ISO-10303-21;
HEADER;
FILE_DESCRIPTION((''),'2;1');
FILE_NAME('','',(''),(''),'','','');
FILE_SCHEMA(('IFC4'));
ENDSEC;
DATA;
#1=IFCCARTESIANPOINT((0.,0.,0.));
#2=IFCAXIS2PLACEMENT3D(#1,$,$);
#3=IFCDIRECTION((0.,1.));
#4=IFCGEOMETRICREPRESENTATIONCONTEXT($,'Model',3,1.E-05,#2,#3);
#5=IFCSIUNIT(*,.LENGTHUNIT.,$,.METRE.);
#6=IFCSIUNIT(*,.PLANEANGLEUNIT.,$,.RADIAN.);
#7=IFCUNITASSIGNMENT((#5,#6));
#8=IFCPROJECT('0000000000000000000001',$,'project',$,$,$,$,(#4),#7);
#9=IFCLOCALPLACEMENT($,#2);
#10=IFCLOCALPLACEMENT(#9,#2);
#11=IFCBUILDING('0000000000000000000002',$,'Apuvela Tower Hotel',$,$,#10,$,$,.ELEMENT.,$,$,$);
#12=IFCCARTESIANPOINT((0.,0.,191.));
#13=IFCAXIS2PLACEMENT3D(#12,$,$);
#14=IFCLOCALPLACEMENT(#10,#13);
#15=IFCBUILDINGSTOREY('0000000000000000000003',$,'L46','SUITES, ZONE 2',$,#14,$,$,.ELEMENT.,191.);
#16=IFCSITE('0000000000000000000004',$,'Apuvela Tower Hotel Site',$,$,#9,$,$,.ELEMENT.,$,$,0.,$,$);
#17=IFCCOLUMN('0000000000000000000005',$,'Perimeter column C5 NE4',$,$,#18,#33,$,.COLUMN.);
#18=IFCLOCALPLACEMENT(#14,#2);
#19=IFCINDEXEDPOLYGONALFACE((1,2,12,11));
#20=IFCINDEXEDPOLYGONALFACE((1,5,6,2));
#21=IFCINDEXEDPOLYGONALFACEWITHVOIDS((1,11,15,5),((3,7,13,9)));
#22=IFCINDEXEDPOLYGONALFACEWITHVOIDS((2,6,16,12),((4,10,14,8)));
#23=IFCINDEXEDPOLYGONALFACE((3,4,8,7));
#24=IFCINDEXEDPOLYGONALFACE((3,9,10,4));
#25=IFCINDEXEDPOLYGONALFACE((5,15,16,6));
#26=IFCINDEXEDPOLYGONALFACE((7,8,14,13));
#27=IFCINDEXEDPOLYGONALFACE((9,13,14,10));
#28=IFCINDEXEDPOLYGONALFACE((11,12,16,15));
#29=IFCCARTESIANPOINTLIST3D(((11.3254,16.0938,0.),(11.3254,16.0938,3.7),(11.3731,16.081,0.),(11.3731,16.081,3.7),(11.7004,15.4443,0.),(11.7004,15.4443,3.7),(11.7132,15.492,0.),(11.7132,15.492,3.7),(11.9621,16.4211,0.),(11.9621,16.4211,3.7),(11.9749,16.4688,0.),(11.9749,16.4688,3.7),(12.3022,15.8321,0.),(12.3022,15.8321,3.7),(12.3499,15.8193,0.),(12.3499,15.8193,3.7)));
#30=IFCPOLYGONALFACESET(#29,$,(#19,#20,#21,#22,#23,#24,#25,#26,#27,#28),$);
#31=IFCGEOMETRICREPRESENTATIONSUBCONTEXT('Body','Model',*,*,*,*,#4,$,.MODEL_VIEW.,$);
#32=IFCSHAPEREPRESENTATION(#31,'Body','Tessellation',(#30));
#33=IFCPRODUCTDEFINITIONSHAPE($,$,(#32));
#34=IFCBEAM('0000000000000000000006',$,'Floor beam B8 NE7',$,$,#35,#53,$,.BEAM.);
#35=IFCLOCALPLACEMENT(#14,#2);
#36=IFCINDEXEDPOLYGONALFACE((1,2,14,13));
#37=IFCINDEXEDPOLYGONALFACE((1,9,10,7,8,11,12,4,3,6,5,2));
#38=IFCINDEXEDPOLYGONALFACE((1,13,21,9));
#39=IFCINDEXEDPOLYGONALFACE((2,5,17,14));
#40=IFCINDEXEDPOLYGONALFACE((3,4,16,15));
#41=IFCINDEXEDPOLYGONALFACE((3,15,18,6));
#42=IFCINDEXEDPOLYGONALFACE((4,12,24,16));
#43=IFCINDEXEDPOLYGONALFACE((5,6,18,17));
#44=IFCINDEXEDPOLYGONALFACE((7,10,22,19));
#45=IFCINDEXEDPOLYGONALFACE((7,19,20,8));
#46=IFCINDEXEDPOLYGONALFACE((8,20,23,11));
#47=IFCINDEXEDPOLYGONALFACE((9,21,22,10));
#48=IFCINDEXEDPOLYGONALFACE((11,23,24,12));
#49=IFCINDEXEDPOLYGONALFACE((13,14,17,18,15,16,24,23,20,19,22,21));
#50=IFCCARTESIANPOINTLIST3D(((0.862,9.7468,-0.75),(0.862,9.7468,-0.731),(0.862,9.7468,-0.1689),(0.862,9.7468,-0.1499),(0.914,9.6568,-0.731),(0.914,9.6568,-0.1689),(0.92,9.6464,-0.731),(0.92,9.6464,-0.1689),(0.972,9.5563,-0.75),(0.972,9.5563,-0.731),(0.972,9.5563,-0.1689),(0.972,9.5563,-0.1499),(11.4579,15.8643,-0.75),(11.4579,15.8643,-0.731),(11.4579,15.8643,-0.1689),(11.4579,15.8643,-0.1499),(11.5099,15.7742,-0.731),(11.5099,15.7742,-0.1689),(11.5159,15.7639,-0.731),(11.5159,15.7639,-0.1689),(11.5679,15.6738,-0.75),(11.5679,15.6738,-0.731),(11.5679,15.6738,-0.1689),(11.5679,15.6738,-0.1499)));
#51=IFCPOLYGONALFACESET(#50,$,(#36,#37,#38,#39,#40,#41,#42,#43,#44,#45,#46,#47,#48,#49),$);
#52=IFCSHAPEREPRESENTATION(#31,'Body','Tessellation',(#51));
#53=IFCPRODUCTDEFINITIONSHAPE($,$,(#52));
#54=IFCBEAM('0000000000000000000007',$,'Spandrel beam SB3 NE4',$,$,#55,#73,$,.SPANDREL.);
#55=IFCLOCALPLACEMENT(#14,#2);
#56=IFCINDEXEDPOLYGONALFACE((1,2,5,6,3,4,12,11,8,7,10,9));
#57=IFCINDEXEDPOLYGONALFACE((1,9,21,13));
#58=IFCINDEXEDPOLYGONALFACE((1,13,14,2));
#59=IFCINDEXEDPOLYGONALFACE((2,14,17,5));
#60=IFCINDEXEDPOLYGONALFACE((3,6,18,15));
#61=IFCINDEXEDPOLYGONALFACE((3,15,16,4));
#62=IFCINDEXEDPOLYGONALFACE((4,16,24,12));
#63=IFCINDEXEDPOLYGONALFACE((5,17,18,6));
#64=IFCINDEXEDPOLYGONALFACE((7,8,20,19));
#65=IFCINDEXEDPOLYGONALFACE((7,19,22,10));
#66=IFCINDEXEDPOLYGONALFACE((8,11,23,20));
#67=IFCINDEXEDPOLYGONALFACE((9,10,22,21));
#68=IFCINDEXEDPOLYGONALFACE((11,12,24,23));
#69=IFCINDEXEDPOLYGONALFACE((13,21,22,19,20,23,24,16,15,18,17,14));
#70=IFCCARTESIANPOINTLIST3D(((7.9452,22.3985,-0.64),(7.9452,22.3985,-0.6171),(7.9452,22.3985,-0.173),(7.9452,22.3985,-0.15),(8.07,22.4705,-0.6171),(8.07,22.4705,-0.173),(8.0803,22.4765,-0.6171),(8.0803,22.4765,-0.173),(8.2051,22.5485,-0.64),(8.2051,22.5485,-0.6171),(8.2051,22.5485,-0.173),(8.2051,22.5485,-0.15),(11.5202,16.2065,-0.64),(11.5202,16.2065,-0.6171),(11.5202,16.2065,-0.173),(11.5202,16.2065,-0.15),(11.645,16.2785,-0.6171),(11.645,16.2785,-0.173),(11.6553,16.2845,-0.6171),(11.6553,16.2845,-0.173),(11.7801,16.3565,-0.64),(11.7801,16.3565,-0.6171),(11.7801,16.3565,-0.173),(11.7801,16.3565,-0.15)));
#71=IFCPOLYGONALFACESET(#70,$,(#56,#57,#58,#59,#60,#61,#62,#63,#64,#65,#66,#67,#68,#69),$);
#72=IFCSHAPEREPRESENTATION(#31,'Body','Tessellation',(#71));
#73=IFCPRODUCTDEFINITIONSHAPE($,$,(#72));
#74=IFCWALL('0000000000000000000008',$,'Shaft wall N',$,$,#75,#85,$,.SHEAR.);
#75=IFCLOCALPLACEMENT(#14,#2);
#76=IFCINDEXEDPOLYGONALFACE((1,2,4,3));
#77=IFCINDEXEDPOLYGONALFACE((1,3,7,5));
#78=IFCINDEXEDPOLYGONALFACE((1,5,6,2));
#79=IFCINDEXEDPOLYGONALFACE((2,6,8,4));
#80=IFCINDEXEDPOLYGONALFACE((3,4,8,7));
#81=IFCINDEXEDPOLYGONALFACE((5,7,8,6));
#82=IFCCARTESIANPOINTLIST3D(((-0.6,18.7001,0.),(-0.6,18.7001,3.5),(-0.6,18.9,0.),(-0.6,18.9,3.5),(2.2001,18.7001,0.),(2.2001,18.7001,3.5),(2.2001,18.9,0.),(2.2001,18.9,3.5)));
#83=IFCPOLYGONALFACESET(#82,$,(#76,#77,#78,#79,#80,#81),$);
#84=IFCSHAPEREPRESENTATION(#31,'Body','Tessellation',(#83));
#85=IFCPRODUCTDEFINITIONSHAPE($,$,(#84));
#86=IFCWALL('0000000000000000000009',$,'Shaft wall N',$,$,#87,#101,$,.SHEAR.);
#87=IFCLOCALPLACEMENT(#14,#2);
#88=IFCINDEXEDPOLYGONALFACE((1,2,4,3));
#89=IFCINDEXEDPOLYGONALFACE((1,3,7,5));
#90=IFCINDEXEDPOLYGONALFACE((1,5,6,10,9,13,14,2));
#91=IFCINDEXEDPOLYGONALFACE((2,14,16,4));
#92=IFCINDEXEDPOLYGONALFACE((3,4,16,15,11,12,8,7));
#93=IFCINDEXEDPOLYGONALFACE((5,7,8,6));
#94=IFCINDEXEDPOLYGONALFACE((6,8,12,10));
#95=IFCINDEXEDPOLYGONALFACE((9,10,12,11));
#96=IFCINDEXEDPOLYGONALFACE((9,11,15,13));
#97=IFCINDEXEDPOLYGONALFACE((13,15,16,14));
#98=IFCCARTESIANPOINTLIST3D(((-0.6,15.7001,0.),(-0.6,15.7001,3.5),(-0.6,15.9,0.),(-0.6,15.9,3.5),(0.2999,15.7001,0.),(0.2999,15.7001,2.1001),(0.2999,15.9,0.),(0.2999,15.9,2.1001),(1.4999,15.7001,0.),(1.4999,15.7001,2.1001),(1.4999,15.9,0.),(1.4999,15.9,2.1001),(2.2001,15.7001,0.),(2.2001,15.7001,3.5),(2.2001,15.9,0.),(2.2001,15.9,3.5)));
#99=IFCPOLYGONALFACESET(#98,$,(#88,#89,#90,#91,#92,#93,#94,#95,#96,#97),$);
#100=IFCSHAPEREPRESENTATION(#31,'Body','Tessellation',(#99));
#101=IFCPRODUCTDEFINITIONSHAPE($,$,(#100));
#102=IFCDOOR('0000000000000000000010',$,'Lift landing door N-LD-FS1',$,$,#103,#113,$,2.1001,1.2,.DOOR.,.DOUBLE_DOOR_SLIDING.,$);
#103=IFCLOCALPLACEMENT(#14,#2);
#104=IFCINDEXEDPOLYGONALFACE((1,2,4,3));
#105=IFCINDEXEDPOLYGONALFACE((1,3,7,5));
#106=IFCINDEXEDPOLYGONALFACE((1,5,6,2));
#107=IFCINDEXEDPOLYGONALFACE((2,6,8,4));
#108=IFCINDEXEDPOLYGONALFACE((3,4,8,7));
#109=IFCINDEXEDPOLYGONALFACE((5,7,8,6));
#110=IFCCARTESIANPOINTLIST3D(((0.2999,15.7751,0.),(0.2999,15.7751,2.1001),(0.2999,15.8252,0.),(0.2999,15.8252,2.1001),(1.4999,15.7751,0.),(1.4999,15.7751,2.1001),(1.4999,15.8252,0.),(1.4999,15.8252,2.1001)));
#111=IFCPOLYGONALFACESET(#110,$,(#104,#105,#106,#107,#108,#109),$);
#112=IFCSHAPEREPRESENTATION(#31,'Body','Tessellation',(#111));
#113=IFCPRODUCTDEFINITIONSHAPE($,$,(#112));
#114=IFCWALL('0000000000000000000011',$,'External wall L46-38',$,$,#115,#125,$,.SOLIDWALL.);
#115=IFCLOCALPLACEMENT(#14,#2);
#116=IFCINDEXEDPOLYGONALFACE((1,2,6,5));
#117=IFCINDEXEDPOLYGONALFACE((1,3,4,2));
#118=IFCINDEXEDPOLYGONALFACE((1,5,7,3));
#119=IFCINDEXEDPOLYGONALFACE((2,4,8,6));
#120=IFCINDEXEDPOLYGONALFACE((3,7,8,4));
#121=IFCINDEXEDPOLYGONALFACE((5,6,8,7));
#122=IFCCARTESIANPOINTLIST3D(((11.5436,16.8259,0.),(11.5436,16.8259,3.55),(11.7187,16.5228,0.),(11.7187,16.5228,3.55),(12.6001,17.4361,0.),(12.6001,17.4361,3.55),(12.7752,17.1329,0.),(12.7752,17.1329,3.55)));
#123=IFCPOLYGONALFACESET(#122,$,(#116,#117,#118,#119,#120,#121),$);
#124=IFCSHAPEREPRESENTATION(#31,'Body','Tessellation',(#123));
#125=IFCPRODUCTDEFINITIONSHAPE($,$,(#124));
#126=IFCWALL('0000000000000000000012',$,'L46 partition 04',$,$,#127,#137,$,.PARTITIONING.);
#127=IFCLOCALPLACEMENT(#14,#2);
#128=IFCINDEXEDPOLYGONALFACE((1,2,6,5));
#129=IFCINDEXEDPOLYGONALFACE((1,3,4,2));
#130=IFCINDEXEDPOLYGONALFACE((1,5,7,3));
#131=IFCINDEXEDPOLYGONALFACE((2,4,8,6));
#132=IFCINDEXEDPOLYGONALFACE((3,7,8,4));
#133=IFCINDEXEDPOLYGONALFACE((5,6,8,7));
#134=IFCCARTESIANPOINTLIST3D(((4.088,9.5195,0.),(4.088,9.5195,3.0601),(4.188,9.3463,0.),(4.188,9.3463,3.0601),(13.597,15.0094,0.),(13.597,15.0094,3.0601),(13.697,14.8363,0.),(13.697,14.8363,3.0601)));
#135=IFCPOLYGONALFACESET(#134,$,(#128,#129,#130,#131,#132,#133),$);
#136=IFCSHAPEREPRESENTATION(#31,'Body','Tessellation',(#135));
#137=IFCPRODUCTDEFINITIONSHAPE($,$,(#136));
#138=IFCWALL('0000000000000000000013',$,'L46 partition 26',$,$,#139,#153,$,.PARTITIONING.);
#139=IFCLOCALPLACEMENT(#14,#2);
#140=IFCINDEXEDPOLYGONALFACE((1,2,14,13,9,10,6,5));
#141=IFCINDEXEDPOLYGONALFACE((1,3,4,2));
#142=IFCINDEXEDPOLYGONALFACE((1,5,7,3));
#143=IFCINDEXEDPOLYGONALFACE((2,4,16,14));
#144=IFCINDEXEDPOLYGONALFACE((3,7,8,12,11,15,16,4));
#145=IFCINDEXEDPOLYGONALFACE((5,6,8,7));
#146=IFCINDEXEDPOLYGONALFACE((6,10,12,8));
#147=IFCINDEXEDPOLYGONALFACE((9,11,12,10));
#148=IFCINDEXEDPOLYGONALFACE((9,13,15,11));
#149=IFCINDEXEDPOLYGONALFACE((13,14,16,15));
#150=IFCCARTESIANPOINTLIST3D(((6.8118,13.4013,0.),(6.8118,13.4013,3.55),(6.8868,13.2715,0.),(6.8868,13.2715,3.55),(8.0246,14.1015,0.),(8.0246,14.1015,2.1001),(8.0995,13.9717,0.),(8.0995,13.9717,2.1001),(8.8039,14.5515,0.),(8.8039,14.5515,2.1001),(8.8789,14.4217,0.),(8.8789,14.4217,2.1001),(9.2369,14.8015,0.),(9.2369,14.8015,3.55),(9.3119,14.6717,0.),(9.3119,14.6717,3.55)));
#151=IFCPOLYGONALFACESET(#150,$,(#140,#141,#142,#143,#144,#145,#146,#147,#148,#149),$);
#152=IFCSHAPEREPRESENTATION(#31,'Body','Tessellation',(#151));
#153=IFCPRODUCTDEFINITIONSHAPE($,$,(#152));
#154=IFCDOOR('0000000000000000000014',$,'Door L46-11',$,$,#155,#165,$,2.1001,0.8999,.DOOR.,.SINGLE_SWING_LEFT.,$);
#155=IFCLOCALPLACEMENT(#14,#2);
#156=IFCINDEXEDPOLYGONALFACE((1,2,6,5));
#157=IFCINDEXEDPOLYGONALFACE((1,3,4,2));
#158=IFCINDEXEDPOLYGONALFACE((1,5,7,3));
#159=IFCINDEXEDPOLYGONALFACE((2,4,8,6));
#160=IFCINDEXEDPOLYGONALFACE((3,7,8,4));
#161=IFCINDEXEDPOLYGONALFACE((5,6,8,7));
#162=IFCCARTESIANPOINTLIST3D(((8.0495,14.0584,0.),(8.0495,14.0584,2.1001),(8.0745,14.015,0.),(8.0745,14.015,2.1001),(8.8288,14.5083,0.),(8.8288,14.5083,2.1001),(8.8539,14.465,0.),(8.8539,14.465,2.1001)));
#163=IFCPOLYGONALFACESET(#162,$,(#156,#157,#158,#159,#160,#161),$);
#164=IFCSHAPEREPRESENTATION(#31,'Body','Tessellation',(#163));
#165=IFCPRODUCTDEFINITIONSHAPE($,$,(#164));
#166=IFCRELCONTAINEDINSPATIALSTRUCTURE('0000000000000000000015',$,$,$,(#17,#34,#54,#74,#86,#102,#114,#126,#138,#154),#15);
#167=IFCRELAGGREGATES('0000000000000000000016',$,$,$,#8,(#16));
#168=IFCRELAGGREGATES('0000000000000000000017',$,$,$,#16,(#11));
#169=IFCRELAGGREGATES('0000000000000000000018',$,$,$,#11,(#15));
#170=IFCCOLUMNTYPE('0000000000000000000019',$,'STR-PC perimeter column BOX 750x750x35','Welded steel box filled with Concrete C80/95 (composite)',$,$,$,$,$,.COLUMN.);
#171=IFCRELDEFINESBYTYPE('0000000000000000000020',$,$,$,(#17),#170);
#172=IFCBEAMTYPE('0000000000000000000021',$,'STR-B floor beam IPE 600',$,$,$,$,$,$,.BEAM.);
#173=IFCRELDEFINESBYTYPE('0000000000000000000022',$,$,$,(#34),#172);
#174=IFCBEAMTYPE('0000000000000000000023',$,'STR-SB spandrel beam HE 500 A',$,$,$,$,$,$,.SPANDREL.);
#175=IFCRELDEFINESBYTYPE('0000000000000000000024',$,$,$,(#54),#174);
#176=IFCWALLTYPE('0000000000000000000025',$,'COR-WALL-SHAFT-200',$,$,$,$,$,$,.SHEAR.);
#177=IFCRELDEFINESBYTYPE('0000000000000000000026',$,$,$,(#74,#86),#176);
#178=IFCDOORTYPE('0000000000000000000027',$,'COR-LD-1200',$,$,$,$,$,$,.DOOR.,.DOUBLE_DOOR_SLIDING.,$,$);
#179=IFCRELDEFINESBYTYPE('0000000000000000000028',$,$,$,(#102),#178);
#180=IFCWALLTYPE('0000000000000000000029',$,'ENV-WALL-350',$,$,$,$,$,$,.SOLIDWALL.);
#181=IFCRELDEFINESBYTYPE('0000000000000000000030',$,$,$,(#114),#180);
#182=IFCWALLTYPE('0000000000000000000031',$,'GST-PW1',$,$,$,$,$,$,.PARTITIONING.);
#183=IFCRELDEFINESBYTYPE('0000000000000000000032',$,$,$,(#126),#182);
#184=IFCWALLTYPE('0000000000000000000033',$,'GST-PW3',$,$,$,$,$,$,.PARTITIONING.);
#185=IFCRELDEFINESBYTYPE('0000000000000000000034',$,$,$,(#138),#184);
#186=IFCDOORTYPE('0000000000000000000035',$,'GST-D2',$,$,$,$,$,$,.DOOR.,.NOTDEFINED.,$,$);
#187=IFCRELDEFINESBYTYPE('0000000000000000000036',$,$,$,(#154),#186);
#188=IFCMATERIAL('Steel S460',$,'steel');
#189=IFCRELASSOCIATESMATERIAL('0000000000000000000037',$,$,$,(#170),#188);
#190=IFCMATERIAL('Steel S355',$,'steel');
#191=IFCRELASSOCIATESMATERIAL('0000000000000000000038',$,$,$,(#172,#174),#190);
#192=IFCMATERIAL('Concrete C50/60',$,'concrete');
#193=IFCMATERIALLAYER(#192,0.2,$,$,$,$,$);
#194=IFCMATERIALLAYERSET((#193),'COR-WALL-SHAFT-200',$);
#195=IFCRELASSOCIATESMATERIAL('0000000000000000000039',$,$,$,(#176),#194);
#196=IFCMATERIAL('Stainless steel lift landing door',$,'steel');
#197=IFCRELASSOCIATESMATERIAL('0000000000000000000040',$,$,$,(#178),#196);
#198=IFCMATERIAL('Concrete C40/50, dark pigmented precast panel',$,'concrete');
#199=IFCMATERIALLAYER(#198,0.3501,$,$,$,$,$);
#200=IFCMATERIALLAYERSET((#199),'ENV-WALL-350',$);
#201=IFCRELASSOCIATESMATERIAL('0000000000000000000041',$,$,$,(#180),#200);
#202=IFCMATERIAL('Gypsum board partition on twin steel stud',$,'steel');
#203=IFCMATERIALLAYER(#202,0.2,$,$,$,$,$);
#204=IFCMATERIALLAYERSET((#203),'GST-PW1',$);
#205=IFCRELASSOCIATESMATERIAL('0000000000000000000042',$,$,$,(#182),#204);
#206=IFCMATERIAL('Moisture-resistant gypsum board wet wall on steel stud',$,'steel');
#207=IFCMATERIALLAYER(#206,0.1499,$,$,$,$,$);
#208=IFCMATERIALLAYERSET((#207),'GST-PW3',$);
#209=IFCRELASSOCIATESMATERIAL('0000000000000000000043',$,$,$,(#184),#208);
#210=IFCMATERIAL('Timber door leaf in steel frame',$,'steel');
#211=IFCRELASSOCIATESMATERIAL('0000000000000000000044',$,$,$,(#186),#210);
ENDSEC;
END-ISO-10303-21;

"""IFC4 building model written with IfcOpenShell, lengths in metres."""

from ifc_helpers import new_model, si_unit, direction, frame, frame_2d, origin, origin_2d, place, context, subcontext, project, spatial, rectangle, hollow_rectangle, i_section, extrude, material, layer, layer_set, material_profile, profile_set, type_object, element, fill, save


model = new_model("IFC4")

# Units and contexts
model_context = context("Model", 3, precision=1e-05, world=origin(), true_north=direction((0.0, 1.0)))
body_context = subcontext(model_context, "Body", "Model", "MODEL_VIEW")
ifc_project = project(units=[si_unit("LENGTHUNIT", "METRE"), si_unit("PLANEANGLEUNIT", "RADIAN")], contexts=[model_context])

# Site, building, storey
site_placement = place(None, origin())
site = spatial("IfcSite", under=ifc_project, at=site_placement, Name="Apuvela Tower Hotel Site", CompositionType="ELEMENT", RefElevation=0.0)
building_placement = place(site_placement, origin())
building = spatial("IfcBuilding", under=site, at=building_placement, Name="Apuvela Tower Hotel", CompositionType="ELEMENT")
storey_placement = place(building_placement, frame((0.0, 0.0, 191.0)))
storey = spatial("IfcBuildingStorey", under=building, at=storey_placement, Name="L46", Description="SUITES, ZONE 2", CompositionType="ELEMENT", Elevation=191.0)

# Column
ifc_material_1 = material(Name="Steel S460", Category="steel")
ifc_material_profile_1 = material_profile(ifc_material_1, hollow_rectangle(XDim=0.75, YDim=0.75, WallThickness=0.0349, at=origin_2d()), Name="BOX 750x750x35")
ifc_material_2 = material(Name="Concrete C80/95", Category="concrete")
ifc_material_profile_2 = material_profile(ifc_material_2, rectangle(XDim=0.6799, YDim=0.6799, at=origin_2d()), Name="Concrete C80/95 infill")
ifc_profile_set_1 = profile_set([ifc_material_profile_1, ifc_material_profile_2], Name="Steel S460")
column_type = type_object("IfcColumnType", Name="STR-PC perimeter column BOX 750x750x35", Description="Welded steel box filled with Concrete C80/95 (composite)", PredefinedType="COLUMN", material=ifc_profile_set_1)
column_placement = place(storey_placement, frame((11.8376, 15.9565, 0.0), z_axis=(0.0, 0.0, 1.0), x_axis=(-0.5, 0.866025, 0.0)))
element("IfcColumn", 1, at=column_placement, inside=storey, type_object=column_type, Name="Perimeter column C5 NE4", PredefinedType="COLUMN", context=body_context, shape_type="SweptSolid", body=[
    extrude(hollow_rectangle(XDim=0.75, YDim=0.75, WallThickness=0.0349, at=origin_2d()), origin(), (0.0, 0.0, 1.0), 3.7),
])

# Beams
ifc_material_3 = material(Name="Steel S355", Category="steel")
ifc_material_profile_3 = material_profile(ifc_material_3, i_section(OverallWidth=0.22, OverallDepth=0.6001, WebThickness=0.012, FlangeThickness=0.019, at=origin_2d()), Name="IPE 600")
ifc_profile_set_2 = profile_set([ifc_material_profile_3], Name="Steel S355")
beam_type_1 = type_object("IfcBeamType", Name="STR-B floor beam IPE 600", PredefinedType="BEAM", material=ifc_profile_set_2)
beam_1_placement = place(storey_placement, frame((11.5129, 15.769, -0.45), z_axis=(-0.86603, -0.499991, 0.0), x_axis=(0.499991, -0.86603, 0.0)))
element("IfcBeam", 2, at=beam_1_placement, inside=storey, type_object=beam_type_1, Name="Floor beam B8 NE7", PredefinedType="BEAM", context=body_context, shape_type="SweptSolid", body=[
    extrude(i_section(OverallWidth=0.22, OverallDepth=0.6001, WebThickness=0.012, FlangeThickness=0.019, at=origin_2d()), origin(), (0.0, 0.0, 1.0), 12.2351),
])
ifc_material_profile_4 = material_profile(ifc_material_3, i_section(OverallWidth=0.3, OverallDepth=0.49, WebThickness=0.012, FlangeThickness=0.0229, at=origin_2d()), Name="HE 500 A")
ifc_profile_set_3 = profile_set([ifc_material_profile_4], Name="Steel S355")
beam_type_2 = type_object("IfcBeamType", Name="STR-SB spandrel beam HE 500 A", PredefinedType="SPANDREL", material=ifc_profile_set_3)
beam_2_placement = place(storey_placement, frame((11.6501, 16.2815, -0.395), z_axis=(-0.500006, 0.866022, 0.0), x_axis=(-0.866022, -0.500006, 0.0)))
element("IfcBeam", 3, at=beam_2_placement, inside=storey, type_object=beam_type_2, Name="Spandrel beam SB3 NE4", PredefinedType="SPANDREL", context=body_context, shape_type="SweptSolid", body=[
    extrude(i_section(OverallWidth=0.3, OverallDepth=0.49, WebThickness=0.012, FlangeThickness=0.0229, at=origin_2d()), origin(), (0.0, 0.0, 1.0), 7.1499),
])

# Wall
ifc_material_4 = material(Name="Concrete C50/60", Category="concrete")
ifc_layer_1 = layer(ifc_material_4, 0.2)
ifc_layer_set_1 = layer_set([ifc_layer_1], Name="COR-WALL-SHAFT-200")
wall_type_1 = type_object("IfcWallType", Name="COR-WALL-SHAFT-200", PredefinedType="SHEAR", material=ifc_layer_set_1)
wall_1_placement = place(storey_placement, frame((2.2, 18.8, 0.0), z_axis=(0.0, 0.0, 1.0), x_axis=(-1.0, 0.0, 0.0)))
element("IfcWall", 4, at=wall_1_placement, inside=storey, type_object=wall_type_1, Name="Shaft wall N", PredefinedType="SHEAR", context=body_context, shape_type="SweptSolid", body=[
    extrude(rectangle(XDim=2.8, YDim=0.2, at=frame_2d((1.3999, 0.0))), origin(), (0.0, 0.0, 1.0), 3.5),
])

# Wall, opening, door
wall_2_placement = place(storey_placement, frame((2.2, 15.8, 0.0), z_axis=(0.0, 0.0, 1.0), x_axis=(-1.0, 0.0, 0.0)))
wall_2 = element("IfcWall", 5, at=wall_2_placement, inside=storey, type_object=wall_type_1, Name="Shaft wall N", PredefinedType="SHEAR", context=body_context, shape_type="SweptSolid", body=[
    extrude(rectangle(XDim=2.8, YDim=0.2, at=frame_2d((1.3999, 0.0))), origin(), (0.0, 0.0, 1.0), 3.5),
])
opening_1_placement = place(wall_2_placement, frame((0.7, 0.0, 0.0)))
opening_1 = element("IfcOpeningElement", 6, at=opening_1_placement, cuts=wall_2, PredefinedType="OPENING", context=body_context, shape_type="SweptSolid", body=[
    extrude(rectangle(XDim=1.2, YDim=2.1001, at=frame_2d((0.6001, 1.05))), frame((0.0, 0.1099, 0.0), z_axis=(0.0, -1.0, 0.0), x_axis=(1.0, 0.0, 0.0)), (0.0, 0.0, 1.0), 0.22),
])
ifc_material_5 = material(Name="Stainless steel lift landing door", Category="steel")
door_type_1 = type_object("IfcDoorType", Name="COR-LD-1200", OperationType="DOUBLE_DOOR_SLIDING", PredefinedType="DOOR", material=ifc_material_5)
door_1_placement = place(opening_1_placement, origin())
door_1 = element("IfcDoor", 7, at=door_1_placement, inside=storey, type_object=door_type_1, Name="Lift landing door N-LD-FS1", OperationType="DOUBLE_DOOR_SLIDING", OverallHeight=2.1001, OverallWidth=1.2, PredefinedType="DOOR", context=body_context, shape_type="SweptSolid", body=[
    extrude(rectangle(XDim=1.2, YDim=2.1001, at=frame_2d((0.6001, 1.05))), frame((0.0, 0.0249, 0.0), z_axis=(0.0, -1.0, 0.0), x_axis=(1.0, 0.0, 0.0)), (0.0, 0.0, 1.0), 0.05),
])
fill(opening_1, door_1)

# Wall
ifc_material_6 = material(Name="Concrete C40/50, dark pigmented precast panel", Category="concrete")
ifc_layer_2 = layer(ifc_material_6, 0.3501)
ifc_layer_set_2 = layer_set([ifc_layer_2], Name="ENV-WALL-350")
wall_type_2 = type_object("IfcWallType", Name="ENV-WALL-350", PredefinedType="SOLIDWALL", material=ifc_layer_set_2)
wall_3_placement = place(storey_placement, frame((12.6875, 17.2844, 0.0), z_axis=(0.0, 0.0, 1.0), x_axis=(-0.865956, -0.500121, 0.0)))
element("IfcWall", 8, at=wall_3_placement, inside=storey, type_object=wall_type_2, Name="External wall L46-38", PredefinedType="SOLIDWALL", context=body_context, shape_type="SweptSolid", body=[
    extrude(rectangle(XDim=1.22, YDim=0.3501, at=frame_2d((0.6099, 0.0))), origin(), (0.0, 0.0, 1.0), 3.55),
])

# Wall
ifc_material_7 = material(Name="Gypsum board partition on twin steel stud", Category="steel")
ifc_layer_3 = layer(ifc_material_7, 0.2)
ifc_layer_set_3 = layer_set([ifc_layer_3], Name="GST-PW1")
wall_type_3 = type_object("IfcWallType", Name="GST-PW1", PredefinedType="PARTITIONING", material=ifc_layer_set_3)
wall_4_placement = place(storey_placement, frame((13.647, 14.9229, 0.0), z_axis=(0.0, 0.0, 1.0), x_axis=(-0.866027, -0.499996, 0.0)))
element("IfcWall", 9, at=wall_4_placement, inside=storey, type_object=wall_type_3, Name="L46 partition 04", PredefinedType="PARTITIONING", context=body_context, shape_type="SweptSolid", body=[
    extrude(rectangle(XDim=10.98, YDim=0.2, at=frame_2d((5.49, 0.0))), origin(), (0.0, 0.0, 1.0), 3.0601),
])

# Wall, opening, door
ifc_material_8 = material(Name="Moisture-resistant gypsum board wet wall on steel stud", Category="steel")
ifc_layer_4 = layer(ifc_material_8, 0.1499)
ifc_layer_set_4 = layer_set([ifc_layer_4], Name="GST-PW3")
wall_type_4 = type_object("IfcWallType", Name="GST-PW3", PredefinedType="PARTITIONING", material=ifc_layer_set_4)
wall_5_placement = place(storey_placement, frame((9.2744, 14.7366, 0.0), z_axis=(0.0, 0.0, 1.0), x_axis=(-0.866019, -0.500012, 0.0)))
wall_5 = element("IfcWall", 10, at=wall_5_placement, inside=storey, type_object=wall_type_4, Name="L46 partition 26", PredefinedType="PARTITIONING", context=body_context, shape_type="SweptSolid", body=[
    extrude(rectangle(XDim=2.8003, YDim=0.1499, at=frame_2d((1.4001, 0.0))), origin(), (0.0, 0.0, 1.0), 3.55),
])
opening_2_placement = place(wall_5_placement, frame((0.5, 0.0, 0.0)))
opening_2 = element("IfcOpeningElement", 11, at=opening_2_placement, cuts=wall_5, PredefinedType="OPENING", context=body_context, shape_type="SweptSolid", body=[
    extrude(rectangle(XDim=0.8999, YDim=2.1001, at=frame_2d((0.45, 1.05))), frame((0.0, 0.085, 0.0), z_axis=(0.0, -1.0, 0.0), x_axis=(1.0, 0.0, 0.0)), (0.0, 0.0, 1.0), 0.1699),
])
ifc_material_9 = material(Name="Timber door leaf in steel frame", Category="steel")
door_type_2 = type_object("IfcDoorType", Name="GST-D2", OperationType="NOTDEFINED", PredefinedType="DOOR", material=ifc_material_9)
door_2_placement = place(opening_2_placement, origin())
door_2 = element("IfcDoor", 12, at=door_2_placement, inside=storey, type_object=door_type_2, Name="Door L46-11", OperationType="SINGLE_SWING_LEFT", OverallHeight=2.1001, OverallWidth=0.8999, PredefinedType="DOOR", context=body_context, shape_type="SweptSolid", body=[
    extrude(rectangle(XDim=0.8999, YDim=2.1001, at=frame_2d((0.45, 1.05))), frame((0.0, 0.0249, 0.0), z_axis=(0.0, -1.0, 0.0), x_axis=(1.0, 0.0, 0.0)), (0.0, 0.0, 1.0), 0.05),
])
fill(opening_2, door_2)

save(model, "model.ifc")
